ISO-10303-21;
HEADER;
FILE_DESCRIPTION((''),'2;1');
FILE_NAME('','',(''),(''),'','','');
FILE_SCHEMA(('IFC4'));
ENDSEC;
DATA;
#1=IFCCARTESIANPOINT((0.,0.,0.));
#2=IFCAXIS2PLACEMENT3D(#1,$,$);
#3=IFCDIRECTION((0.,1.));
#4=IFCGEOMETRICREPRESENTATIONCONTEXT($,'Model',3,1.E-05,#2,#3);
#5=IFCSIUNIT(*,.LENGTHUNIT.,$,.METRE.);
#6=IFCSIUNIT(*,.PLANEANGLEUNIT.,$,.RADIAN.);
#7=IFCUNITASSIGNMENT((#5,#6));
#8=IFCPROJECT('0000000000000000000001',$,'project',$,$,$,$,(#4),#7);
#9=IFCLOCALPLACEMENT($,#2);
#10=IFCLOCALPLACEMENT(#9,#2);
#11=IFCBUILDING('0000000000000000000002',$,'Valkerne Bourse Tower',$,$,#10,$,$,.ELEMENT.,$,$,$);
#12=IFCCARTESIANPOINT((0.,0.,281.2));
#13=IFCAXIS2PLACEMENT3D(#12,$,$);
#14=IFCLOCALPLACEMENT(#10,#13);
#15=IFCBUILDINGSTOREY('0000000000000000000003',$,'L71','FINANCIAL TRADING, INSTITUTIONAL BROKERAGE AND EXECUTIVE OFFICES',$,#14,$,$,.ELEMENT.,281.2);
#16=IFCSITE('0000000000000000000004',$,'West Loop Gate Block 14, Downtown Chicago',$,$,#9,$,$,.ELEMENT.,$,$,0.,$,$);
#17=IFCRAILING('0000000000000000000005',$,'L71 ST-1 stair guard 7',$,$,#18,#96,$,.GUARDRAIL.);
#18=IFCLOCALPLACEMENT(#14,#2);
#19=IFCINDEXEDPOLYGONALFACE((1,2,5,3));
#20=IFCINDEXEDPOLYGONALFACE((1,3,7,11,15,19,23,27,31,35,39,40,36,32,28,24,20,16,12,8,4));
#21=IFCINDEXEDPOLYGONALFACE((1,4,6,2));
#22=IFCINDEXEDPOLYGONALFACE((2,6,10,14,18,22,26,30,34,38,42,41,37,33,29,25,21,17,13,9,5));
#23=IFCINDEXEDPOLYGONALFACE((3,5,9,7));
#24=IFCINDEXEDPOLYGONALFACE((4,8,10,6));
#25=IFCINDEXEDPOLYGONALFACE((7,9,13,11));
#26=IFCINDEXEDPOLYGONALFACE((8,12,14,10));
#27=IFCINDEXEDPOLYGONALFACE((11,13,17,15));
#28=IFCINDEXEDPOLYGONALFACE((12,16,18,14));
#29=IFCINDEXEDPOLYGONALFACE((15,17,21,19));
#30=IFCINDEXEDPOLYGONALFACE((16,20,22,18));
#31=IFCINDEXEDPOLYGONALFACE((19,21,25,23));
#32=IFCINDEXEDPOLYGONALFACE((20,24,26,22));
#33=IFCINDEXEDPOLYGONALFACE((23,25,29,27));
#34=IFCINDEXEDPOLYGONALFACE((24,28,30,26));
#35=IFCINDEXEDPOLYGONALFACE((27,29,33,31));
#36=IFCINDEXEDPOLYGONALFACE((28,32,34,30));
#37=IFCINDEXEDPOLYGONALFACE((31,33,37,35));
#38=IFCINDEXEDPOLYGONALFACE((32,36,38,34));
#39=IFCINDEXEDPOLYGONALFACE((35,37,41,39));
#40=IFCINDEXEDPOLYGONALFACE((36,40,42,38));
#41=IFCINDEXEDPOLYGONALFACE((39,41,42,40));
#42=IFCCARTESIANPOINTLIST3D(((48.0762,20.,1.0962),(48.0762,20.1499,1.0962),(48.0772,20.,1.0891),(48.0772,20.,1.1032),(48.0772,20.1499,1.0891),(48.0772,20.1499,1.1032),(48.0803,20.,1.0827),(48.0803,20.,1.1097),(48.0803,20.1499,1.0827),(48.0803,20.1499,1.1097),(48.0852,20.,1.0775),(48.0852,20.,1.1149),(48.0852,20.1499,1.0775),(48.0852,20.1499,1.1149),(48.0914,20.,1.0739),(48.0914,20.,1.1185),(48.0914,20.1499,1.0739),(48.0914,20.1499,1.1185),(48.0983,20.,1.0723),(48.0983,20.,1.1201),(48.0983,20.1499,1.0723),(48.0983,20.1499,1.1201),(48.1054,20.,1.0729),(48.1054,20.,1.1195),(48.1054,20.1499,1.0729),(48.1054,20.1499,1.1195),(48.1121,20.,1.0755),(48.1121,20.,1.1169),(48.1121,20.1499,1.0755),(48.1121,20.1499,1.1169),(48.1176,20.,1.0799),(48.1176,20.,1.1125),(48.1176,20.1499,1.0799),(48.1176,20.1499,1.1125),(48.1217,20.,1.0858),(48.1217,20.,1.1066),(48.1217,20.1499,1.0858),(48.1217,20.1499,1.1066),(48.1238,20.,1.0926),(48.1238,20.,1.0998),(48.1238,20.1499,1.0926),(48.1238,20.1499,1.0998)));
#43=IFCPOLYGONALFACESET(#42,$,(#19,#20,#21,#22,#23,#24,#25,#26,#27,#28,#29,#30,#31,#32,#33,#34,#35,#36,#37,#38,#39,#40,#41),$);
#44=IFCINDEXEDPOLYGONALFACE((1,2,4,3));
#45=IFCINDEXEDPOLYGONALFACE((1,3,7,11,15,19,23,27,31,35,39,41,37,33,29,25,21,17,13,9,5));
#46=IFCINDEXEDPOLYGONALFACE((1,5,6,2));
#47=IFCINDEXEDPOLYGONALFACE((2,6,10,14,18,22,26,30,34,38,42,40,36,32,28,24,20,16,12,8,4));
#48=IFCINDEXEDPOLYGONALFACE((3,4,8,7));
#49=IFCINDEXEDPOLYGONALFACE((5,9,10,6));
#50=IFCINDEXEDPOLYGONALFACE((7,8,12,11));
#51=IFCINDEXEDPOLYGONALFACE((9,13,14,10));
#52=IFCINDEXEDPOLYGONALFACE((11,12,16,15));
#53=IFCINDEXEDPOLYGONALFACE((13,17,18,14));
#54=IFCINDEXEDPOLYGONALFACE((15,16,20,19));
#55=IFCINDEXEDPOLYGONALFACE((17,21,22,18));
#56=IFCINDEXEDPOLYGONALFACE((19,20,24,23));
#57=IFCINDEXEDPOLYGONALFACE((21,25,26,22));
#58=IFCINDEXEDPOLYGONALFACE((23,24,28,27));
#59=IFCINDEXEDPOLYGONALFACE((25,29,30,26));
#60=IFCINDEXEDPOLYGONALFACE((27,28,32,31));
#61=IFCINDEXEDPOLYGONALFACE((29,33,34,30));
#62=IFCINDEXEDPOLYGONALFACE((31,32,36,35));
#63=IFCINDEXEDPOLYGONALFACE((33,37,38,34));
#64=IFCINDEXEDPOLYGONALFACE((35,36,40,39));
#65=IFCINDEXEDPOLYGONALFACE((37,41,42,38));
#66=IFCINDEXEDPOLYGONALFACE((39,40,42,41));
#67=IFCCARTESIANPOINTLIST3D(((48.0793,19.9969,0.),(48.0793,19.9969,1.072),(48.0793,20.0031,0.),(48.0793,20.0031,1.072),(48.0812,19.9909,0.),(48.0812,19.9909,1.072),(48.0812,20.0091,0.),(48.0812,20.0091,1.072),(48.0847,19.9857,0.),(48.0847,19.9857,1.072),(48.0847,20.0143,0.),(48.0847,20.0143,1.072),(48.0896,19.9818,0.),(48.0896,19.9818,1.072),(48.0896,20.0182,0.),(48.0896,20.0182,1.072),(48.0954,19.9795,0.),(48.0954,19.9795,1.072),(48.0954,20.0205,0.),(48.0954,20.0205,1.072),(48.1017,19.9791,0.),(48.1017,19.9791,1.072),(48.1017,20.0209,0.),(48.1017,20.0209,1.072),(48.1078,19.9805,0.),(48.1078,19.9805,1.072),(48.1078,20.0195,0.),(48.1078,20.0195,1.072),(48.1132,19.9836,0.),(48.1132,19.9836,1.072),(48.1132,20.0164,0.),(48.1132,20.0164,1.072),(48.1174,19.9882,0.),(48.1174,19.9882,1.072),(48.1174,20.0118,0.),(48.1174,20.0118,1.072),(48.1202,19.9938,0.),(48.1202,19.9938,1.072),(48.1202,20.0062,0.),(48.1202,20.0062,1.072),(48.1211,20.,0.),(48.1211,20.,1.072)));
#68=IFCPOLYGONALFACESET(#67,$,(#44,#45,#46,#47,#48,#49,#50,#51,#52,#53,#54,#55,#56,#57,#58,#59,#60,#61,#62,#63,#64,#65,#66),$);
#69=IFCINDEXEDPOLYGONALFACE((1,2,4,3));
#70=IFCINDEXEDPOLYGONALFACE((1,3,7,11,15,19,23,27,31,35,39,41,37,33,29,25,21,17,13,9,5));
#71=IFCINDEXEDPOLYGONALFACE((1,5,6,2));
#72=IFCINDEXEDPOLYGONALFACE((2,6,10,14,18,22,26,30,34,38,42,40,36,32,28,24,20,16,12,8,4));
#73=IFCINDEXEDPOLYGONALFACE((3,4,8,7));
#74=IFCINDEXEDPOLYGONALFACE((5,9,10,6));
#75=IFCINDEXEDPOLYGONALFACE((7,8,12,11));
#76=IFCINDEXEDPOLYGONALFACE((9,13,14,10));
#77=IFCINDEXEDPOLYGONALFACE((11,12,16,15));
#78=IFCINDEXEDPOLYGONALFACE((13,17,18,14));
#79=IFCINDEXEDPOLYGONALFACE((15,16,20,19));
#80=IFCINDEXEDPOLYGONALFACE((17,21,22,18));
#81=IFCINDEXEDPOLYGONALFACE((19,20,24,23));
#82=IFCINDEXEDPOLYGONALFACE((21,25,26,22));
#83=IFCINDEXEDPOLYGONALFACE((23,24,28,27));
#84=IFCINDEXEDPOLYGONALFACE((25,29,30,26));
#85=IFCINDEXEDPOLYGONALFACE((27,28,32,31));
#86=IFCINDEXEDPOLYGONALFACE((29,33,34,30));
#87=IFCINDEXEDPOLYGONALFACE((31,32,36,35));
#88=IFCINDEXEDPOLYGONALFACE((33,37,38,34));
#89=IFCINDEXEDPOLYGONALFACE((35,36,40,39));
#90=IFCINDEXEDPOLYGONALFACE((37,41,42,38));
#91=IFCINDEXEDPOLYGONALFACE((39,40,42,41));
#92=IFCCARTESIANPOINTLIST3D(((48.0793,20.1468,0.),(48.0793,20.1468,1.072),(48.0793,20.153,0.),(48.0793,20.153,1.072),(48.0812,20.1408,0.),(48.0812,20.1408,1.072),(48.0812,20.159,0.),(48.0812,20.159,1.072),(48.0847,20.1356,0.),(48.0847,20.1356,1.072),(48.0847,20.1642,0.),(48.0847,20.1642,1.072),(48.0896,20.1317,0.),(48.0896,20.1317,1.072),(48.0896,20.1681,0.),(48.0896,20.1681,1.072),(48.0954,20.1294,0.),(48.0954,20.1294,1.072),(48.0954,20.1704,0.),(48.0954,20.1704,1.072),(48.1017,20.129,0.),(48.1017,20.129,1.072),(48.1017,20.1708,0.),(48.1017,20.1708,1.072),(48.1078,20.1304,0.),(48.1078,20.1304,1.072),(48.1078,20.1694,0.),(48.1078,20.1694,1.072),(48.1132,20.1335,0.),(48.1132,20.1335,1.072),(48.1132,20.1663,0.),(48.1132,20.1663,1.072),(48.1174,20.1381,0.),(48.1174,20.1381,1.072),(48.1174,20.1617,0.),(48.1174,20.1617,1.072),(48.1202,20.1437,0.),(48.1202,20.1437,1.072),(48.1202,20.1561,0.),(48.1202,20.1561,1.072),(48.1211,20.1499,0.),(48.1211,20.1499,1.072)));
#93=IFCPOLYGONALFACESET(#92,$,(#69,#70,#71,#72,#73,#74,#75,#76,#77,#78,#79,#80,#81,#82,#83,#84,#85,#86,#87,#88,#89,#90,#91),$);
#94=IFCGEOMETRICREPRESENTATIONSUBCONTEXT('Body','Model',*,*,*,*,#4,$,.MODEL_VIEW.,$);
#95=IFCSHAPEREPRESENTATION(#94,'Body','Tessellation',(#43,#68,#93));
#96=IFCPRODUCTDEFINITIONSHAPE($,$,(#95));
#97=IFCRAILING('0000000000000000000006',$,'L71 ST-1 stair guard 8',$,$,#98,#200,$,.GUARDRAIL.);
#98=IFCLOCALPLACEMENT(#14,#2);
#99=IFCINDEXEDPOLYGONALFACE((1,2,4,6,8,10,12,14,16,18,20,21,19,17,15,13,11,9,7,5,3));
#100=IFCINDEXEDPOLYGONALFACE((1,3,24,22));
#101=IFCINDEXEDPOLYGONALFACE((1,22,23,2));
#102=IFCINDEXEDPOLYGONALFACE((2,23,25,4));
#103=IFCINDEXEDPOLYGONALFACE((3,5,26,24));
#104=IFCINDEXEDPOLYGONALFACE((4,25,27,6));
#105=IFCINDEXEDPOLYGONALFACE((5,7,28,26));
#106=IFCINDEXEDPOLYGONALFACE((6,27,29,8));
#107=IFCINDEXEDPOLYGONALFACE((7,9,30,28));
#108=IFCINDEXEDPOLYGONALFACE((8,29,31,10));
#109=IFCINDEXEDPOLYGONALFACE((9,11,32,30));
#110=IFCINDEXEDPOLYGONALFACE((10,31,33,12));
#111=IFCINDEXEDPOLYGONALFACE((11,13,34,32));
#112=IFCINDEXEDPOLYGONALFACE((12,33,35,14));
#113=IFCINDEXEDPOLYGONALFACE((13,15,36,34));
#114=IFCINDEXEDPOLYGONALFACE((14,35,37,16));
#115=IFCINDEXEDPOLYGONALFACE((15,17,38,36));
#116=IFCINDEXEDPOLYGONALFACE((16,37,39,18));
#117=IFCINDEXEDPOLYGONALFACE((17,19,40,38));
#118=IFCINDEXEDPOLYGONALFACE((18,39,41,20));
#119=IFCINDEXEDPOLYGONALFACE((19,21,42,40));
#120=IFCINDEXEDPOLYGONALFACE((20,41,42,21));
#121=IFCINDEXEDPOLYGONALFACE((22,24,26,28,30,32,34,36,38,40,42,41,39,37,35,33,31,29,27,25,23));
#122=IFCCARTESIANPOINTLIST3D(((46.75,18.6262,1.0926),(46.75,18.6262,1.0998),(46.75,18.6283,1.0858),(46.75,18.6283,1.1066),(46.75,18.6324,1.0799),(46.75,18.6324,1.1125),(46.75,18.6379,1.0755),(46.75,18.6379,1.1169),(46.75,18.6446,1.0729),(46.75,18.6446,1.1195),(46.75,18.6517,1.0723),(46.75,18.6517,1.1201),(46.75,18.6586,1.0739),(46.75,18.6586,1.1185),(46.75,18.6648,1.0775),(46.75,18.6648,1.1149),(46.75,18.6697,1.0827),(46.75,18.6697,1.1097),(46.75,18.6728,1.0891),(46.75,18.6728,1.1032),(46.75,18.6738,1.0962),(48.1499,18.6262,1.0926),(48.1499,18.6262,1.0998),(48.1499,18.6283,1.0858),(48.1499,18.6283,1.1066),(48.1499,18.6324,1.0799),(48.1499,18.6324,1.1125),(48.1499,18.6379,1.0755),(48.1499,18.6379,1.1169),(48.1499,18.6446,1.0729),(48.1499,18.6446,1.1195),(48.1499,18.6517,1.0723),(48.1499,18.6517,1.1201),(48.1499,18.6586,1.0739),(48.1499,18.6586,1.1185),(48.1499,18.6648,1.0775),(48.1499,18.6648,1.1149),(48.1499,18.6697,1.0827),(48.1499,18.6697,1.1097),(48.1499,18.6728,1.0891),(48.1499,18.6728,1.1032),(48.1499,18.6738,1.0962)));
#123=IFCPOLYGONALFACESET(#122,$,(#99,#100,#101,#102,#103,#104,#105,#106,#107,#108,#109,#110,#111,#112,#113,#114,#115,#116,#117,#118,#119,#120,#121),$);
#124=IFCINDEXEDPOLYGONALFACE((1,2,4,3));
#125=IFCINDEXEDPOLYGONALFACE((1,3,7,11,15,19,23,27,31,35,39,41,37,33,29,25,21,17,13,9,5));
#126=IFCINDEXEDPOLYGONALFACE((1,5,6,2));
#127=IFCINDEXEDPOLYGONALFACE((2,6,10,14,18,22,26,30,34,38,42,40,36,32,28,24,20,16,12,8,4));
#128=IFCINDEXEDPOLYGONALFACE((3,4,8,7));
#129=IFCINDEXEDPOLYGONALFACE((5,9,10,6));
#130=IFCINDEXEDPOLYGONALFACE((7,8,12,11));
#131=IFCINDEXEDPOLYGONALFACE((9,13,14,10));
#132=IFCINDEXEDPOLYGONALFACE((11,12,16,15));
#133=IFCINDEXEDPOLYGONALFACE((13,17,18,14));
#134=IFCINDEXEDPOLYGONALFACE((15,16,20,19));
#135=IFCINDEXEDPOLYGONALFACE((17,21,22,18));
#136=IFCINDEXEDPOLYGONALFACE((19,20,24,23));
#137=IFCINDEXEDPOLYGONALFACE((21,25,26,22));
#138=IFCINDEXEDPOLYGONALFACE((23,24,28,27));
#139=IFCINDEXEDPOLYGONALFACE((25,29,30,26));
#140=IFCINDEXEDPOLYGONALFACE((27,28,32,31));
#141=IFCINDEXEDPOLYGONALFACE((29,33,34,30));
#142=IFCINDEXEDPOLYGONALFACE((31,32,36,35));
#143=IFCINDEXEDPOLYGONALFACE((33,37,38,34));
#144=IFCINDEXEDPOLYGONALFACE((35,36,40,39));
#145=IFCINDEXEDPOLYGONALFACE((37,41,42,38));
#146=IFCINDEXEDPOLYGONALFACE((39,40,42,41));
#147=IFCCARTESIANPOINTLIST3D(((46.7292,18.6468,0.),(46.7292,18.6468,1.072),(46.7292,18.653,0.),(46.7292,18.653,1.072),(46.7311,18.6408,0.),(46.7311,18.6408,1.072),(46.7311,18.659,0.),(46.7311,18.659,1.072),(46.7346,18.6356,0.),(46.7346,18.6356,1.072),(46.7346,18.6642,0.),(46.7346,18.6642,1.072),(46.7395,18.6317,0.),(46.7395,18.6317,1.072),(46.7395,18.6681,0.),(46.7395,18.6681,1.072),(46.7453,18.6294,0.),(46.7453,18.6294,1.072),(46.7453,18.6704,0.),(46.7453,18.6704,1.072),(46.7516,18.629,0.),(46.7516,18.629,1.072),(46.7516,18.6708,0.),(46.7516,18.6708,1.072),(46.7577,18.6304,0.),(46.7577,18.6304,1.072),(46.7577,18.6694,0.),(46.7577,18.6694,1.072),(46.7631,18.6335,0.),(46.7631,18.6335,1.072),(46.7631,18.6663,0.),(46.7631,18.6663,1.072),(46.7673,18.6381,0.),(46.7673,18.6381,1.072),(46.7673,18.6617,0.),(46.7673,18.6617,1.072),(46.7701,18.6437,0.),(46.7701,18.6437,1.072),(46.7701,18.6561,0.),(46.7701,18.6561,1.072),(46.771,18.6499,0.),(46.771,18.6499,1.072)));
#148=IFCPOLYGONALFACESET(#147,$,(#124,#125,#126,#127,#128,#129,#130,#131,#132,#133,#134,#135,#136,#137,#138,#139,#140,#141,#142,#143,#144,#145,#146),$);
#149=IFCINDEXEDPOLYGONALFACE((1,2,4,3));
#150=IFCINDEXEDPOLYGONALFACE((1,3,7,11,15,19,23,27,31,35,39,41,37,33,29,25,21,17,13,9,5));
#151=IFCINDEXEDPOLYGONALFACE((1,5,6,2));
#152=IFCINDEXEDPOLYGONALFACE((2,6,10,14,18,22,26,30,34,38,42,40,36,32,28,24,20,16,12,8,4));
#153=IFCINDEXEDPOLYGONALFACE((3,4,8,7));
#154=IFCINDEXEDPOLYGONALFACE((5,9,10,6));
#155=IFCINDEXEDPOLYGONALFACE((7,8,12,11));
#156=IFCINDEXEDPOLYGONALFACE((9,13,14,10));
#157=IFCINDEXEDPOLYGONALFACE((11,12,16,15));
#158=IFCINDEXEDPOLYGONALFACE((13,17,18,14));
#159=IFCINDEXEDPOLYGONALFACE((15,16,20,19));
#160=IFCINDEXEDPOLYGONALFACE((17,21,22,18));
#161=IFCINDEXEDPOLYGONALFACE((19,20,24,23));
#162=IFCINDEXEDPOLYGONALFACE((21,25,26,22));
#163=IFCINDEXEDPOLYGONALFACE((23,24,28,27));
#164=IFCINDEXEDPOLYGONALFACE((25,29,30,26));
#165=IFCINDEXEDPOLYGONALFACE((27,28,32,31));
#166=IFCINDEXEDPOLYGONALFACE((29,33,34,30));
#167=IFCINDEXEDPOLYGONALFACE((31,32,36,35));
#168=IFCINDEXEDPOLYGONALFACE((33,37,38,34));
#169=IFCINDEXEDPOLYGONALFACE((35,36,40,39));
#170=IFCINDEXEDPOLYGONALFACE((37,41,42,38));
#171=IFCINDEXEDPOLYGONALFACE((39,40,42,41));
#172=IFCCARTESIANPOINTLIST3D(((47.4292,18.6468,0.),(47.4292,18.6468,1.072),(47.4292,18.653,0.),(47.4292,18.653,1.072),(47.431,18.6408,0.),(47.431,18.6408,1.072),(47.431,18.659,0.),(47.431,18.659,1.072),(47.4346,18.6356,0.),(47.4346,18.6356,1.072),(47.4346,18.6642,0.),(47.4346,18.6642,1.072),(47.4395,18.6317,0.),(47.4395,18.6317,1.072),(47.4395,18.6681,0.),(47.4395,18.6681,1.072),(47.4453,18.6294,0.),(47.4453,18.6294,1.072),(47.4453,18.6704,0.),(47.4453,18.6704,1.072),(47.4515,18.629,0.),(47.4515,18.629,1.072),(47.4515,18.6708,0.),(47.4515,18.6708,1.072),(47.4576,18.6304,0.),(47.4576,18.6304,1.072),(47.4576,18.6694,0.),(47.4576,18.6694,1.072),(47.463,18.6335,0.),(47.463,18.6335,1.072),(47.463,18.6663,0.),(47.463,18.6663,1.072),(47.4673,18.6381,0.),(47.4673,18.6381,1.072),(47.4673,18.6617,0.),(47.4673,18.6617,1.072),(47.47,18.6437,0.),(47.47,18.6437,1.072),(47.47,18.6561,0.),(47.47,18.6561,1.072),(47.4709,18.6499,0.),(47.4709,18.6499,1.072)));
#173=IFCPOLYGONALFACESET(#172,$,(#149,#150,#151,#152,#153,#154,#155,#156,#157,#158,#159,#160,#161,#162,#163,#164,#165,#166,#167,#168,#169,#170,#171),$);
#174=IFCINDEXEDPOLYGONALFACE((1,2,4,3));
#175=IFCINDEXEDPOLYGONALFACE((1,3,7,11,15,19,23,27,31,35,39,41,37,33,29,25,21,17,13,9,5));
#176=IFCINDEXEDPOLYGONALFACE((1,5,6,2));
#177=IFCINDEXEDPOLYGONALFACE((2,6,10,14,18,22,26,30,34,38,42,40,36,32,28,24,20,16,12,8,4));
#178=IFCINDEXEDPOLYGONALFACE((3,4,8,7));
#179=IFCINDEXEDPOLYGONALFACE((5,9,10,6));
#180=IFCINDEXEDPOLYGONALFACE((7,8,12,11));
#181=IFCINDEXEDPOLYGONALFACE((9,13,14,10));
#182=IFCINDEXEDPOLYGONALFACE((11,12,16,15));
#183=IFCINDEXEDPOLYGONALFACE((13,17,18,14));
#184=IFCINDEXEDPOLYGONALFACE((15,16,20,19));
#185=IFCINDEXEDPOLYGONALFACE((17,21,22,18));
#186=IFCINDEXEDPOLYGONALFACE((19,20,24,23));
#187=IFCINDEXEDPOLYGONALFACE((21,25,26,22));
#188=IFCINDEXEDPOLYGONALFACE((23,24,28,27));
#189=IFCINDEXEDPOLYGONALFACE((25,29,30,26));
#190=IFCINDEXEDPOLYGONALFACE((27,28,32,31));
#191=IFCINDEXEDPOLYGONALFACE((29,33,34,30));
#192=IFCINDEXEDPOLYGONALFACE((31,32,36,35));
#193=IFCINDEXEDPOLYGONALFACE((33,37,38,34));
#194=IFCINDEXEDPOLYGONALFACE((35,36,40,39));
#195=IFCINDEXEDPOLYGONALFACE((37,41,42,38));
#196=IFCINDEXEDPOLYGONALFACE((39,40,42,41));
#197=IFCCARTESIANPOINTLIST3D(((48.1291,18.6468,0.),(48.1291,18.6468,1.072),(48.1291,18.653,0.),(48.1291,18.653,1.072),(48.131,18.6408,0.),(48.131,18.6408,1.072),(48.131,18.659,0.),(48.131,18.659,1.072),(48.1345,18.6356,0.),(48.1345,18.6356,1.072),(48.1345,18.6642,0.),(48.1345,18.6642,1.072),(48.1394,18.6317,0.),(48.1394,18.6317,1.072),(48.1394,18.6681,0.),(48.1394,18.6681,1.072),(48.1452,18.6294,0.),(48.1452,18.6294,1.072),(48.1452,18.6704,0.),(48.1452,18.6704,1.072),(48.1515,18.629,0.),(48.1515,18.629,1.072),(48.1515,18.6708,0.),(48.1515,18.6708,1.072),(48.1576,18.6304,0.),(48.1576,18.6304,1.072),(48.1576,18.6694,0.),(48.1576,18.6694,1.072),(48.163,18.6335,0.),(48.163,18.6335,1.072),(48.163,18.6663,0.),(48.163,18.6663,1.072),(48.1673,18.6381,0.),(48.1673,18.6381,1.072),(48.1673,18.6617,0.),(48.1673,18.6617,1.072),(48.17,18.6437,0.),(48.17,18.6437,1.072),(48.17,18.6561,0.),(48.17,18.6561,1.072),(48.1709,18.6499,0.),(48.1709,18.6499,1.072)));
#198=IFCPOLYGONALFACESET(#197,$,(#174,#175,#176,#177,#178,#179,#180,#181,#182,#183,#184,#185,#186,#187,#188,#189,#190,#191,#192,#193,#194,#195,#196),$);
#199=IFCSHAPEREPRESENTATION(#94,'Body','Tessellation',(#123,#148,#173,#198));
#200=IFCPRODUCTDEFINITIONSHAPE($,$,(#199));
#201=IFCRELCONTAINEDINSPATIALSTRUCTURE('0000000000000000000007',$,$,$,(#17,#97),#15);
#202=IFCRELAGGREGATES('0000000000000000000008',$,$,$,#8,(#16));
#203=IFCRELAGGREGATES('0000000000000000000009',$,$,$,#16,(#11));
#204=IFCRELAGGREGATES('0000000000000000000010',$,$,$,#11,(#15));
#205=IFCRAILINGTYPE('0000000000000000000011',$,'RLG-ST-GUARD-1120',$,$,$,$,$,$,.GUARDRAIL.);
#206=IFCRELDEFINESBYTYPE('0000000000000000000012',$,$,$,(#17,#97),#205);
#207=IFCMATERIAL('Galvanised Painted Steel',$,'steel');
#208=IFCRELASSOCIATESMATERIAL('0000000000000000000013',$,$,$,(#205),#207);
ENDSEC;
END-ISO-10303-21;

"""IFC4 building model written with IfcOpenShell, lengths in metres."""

from ifc_helpers import new_model, si_unit, direction, frame, origin, origin_2d, place, context, subcontext, project, spatial, circle, extrude, material, type_object, element, save


model = new_model("IFC4")

# Units and contexts
model_context = context("Model", 3, precision=1e-05, world=origin(), true_north=direction((0.0, 1.0)))
body_context = subcontext(model_context, "Body", "Model", "MODEL_VIEW")
ifc_project = project(units=[si_unit("LENGTHUNIT", "METRE"), si_unit("PLANEANGLEUNIT", "RADIAN")], contexts=[model_context])

# Site, building, storey
site_placement = place(None, origin())
site = spatial("IfcSite", under=ifc_project, at=site_placement, Name="West Loop Gate Block 14, Downtown Chicago", CompositionType="ELEMENT", RefElevation=0.0)
building_placement = place(site_placement, origin())
building = spatial("IfcBuilding", under=site, at=building_placement, Name="Valkerne Bourse Tower", CompositionType="ELEMENT")
storey_placement = place(building_placement, frame((0.0, 0.0, 281.2)))
storey = spatial("IfcBuildingStorey", under=building, at=storey_placement, Name="L71", Description="FINANCIAL TRADING, INSTITUTIONAL BROKERAGE AND EXECUTIVE OFFICES", CompositionType="ELEMENT", Elevation=281.2)

# Shared definitions
ifc_material_1 = material(Name="Galvanised Painted Steel", Category="steel")

# Railings
railing_type_1 = type_object("IfcRailingType", Name="RLG-ST-GUARD-1120", PredefinedType="GUARDRAIL", material=ifc_material_1)
railing_1_placement = place(storey_placement, frame((48.1001, 20.0, 0.0)))
element("IfcRailing", 1, at=railing_1_placement, inside=storey, type_object=railing_type_1, Name="L71 ST-1 stair guard 7", PredefinedType="GUARDRAIL", context=body_context, shape_type="SweptSolid", body=[
    extrude(circle(Radius=0.0239, at=origin_2d()), frame((0.0, 0.0, 1.0962), z_axis=(0.0, 1.0, 0.0), x_axis=(-1.0, 0.0, 0.0)), (0.0, 0.0, 1.0), 0.1499),
    extrude(circle(Radius=0.021, at=origin_2d()), origin(), (0.0, 0.0, 1.0), 1.072),
    extrude(circle(Radius=0.021, at=origin_2d()), frame((0.0, 0.1499, 0.0)), (0.0, 0.0, 1.0), 1.072),
])
for number, where, name in (
    (2, (46.75, 18.6499, 0.0), "L71 ST-1 stair guard 8"),
):
    element("IfcRailing", number, at=place(storey_placement, frame(where)), inside=storey, type_object=railing_type_1, Name=name, PredefinedType="GUARDRAIL", context=body_context, shape_type="SweptSolid", body=[
        extrude(circle(Radius=0.0239, at=origin_2d()), frame((0.0, 0.0, 1.0962), z_axis=(1.0, 0.0, 0.0), x_axis=(0.0, 1.0, 0.0)), (0.0, 0.0, 1.0), 1.3999),
        extrude(circle(Radius=0.021, at=origin_2d()), origin(), (0.0, 0.0, 1.0), 1.072),
        extrude(circle(Radius=0.021, at=origin_2d()), frame((0.7, 0.0, 0.0)), (0.0, 0.0, 1.0), 1.072),
        extrude(circle(Radius=0.021, at=origin_2d()), frame((1.3999, 0.0, 0.0)), (0.0, 0.0, 1.0), 1.072),
    ])

save(model, "model.ifc")
